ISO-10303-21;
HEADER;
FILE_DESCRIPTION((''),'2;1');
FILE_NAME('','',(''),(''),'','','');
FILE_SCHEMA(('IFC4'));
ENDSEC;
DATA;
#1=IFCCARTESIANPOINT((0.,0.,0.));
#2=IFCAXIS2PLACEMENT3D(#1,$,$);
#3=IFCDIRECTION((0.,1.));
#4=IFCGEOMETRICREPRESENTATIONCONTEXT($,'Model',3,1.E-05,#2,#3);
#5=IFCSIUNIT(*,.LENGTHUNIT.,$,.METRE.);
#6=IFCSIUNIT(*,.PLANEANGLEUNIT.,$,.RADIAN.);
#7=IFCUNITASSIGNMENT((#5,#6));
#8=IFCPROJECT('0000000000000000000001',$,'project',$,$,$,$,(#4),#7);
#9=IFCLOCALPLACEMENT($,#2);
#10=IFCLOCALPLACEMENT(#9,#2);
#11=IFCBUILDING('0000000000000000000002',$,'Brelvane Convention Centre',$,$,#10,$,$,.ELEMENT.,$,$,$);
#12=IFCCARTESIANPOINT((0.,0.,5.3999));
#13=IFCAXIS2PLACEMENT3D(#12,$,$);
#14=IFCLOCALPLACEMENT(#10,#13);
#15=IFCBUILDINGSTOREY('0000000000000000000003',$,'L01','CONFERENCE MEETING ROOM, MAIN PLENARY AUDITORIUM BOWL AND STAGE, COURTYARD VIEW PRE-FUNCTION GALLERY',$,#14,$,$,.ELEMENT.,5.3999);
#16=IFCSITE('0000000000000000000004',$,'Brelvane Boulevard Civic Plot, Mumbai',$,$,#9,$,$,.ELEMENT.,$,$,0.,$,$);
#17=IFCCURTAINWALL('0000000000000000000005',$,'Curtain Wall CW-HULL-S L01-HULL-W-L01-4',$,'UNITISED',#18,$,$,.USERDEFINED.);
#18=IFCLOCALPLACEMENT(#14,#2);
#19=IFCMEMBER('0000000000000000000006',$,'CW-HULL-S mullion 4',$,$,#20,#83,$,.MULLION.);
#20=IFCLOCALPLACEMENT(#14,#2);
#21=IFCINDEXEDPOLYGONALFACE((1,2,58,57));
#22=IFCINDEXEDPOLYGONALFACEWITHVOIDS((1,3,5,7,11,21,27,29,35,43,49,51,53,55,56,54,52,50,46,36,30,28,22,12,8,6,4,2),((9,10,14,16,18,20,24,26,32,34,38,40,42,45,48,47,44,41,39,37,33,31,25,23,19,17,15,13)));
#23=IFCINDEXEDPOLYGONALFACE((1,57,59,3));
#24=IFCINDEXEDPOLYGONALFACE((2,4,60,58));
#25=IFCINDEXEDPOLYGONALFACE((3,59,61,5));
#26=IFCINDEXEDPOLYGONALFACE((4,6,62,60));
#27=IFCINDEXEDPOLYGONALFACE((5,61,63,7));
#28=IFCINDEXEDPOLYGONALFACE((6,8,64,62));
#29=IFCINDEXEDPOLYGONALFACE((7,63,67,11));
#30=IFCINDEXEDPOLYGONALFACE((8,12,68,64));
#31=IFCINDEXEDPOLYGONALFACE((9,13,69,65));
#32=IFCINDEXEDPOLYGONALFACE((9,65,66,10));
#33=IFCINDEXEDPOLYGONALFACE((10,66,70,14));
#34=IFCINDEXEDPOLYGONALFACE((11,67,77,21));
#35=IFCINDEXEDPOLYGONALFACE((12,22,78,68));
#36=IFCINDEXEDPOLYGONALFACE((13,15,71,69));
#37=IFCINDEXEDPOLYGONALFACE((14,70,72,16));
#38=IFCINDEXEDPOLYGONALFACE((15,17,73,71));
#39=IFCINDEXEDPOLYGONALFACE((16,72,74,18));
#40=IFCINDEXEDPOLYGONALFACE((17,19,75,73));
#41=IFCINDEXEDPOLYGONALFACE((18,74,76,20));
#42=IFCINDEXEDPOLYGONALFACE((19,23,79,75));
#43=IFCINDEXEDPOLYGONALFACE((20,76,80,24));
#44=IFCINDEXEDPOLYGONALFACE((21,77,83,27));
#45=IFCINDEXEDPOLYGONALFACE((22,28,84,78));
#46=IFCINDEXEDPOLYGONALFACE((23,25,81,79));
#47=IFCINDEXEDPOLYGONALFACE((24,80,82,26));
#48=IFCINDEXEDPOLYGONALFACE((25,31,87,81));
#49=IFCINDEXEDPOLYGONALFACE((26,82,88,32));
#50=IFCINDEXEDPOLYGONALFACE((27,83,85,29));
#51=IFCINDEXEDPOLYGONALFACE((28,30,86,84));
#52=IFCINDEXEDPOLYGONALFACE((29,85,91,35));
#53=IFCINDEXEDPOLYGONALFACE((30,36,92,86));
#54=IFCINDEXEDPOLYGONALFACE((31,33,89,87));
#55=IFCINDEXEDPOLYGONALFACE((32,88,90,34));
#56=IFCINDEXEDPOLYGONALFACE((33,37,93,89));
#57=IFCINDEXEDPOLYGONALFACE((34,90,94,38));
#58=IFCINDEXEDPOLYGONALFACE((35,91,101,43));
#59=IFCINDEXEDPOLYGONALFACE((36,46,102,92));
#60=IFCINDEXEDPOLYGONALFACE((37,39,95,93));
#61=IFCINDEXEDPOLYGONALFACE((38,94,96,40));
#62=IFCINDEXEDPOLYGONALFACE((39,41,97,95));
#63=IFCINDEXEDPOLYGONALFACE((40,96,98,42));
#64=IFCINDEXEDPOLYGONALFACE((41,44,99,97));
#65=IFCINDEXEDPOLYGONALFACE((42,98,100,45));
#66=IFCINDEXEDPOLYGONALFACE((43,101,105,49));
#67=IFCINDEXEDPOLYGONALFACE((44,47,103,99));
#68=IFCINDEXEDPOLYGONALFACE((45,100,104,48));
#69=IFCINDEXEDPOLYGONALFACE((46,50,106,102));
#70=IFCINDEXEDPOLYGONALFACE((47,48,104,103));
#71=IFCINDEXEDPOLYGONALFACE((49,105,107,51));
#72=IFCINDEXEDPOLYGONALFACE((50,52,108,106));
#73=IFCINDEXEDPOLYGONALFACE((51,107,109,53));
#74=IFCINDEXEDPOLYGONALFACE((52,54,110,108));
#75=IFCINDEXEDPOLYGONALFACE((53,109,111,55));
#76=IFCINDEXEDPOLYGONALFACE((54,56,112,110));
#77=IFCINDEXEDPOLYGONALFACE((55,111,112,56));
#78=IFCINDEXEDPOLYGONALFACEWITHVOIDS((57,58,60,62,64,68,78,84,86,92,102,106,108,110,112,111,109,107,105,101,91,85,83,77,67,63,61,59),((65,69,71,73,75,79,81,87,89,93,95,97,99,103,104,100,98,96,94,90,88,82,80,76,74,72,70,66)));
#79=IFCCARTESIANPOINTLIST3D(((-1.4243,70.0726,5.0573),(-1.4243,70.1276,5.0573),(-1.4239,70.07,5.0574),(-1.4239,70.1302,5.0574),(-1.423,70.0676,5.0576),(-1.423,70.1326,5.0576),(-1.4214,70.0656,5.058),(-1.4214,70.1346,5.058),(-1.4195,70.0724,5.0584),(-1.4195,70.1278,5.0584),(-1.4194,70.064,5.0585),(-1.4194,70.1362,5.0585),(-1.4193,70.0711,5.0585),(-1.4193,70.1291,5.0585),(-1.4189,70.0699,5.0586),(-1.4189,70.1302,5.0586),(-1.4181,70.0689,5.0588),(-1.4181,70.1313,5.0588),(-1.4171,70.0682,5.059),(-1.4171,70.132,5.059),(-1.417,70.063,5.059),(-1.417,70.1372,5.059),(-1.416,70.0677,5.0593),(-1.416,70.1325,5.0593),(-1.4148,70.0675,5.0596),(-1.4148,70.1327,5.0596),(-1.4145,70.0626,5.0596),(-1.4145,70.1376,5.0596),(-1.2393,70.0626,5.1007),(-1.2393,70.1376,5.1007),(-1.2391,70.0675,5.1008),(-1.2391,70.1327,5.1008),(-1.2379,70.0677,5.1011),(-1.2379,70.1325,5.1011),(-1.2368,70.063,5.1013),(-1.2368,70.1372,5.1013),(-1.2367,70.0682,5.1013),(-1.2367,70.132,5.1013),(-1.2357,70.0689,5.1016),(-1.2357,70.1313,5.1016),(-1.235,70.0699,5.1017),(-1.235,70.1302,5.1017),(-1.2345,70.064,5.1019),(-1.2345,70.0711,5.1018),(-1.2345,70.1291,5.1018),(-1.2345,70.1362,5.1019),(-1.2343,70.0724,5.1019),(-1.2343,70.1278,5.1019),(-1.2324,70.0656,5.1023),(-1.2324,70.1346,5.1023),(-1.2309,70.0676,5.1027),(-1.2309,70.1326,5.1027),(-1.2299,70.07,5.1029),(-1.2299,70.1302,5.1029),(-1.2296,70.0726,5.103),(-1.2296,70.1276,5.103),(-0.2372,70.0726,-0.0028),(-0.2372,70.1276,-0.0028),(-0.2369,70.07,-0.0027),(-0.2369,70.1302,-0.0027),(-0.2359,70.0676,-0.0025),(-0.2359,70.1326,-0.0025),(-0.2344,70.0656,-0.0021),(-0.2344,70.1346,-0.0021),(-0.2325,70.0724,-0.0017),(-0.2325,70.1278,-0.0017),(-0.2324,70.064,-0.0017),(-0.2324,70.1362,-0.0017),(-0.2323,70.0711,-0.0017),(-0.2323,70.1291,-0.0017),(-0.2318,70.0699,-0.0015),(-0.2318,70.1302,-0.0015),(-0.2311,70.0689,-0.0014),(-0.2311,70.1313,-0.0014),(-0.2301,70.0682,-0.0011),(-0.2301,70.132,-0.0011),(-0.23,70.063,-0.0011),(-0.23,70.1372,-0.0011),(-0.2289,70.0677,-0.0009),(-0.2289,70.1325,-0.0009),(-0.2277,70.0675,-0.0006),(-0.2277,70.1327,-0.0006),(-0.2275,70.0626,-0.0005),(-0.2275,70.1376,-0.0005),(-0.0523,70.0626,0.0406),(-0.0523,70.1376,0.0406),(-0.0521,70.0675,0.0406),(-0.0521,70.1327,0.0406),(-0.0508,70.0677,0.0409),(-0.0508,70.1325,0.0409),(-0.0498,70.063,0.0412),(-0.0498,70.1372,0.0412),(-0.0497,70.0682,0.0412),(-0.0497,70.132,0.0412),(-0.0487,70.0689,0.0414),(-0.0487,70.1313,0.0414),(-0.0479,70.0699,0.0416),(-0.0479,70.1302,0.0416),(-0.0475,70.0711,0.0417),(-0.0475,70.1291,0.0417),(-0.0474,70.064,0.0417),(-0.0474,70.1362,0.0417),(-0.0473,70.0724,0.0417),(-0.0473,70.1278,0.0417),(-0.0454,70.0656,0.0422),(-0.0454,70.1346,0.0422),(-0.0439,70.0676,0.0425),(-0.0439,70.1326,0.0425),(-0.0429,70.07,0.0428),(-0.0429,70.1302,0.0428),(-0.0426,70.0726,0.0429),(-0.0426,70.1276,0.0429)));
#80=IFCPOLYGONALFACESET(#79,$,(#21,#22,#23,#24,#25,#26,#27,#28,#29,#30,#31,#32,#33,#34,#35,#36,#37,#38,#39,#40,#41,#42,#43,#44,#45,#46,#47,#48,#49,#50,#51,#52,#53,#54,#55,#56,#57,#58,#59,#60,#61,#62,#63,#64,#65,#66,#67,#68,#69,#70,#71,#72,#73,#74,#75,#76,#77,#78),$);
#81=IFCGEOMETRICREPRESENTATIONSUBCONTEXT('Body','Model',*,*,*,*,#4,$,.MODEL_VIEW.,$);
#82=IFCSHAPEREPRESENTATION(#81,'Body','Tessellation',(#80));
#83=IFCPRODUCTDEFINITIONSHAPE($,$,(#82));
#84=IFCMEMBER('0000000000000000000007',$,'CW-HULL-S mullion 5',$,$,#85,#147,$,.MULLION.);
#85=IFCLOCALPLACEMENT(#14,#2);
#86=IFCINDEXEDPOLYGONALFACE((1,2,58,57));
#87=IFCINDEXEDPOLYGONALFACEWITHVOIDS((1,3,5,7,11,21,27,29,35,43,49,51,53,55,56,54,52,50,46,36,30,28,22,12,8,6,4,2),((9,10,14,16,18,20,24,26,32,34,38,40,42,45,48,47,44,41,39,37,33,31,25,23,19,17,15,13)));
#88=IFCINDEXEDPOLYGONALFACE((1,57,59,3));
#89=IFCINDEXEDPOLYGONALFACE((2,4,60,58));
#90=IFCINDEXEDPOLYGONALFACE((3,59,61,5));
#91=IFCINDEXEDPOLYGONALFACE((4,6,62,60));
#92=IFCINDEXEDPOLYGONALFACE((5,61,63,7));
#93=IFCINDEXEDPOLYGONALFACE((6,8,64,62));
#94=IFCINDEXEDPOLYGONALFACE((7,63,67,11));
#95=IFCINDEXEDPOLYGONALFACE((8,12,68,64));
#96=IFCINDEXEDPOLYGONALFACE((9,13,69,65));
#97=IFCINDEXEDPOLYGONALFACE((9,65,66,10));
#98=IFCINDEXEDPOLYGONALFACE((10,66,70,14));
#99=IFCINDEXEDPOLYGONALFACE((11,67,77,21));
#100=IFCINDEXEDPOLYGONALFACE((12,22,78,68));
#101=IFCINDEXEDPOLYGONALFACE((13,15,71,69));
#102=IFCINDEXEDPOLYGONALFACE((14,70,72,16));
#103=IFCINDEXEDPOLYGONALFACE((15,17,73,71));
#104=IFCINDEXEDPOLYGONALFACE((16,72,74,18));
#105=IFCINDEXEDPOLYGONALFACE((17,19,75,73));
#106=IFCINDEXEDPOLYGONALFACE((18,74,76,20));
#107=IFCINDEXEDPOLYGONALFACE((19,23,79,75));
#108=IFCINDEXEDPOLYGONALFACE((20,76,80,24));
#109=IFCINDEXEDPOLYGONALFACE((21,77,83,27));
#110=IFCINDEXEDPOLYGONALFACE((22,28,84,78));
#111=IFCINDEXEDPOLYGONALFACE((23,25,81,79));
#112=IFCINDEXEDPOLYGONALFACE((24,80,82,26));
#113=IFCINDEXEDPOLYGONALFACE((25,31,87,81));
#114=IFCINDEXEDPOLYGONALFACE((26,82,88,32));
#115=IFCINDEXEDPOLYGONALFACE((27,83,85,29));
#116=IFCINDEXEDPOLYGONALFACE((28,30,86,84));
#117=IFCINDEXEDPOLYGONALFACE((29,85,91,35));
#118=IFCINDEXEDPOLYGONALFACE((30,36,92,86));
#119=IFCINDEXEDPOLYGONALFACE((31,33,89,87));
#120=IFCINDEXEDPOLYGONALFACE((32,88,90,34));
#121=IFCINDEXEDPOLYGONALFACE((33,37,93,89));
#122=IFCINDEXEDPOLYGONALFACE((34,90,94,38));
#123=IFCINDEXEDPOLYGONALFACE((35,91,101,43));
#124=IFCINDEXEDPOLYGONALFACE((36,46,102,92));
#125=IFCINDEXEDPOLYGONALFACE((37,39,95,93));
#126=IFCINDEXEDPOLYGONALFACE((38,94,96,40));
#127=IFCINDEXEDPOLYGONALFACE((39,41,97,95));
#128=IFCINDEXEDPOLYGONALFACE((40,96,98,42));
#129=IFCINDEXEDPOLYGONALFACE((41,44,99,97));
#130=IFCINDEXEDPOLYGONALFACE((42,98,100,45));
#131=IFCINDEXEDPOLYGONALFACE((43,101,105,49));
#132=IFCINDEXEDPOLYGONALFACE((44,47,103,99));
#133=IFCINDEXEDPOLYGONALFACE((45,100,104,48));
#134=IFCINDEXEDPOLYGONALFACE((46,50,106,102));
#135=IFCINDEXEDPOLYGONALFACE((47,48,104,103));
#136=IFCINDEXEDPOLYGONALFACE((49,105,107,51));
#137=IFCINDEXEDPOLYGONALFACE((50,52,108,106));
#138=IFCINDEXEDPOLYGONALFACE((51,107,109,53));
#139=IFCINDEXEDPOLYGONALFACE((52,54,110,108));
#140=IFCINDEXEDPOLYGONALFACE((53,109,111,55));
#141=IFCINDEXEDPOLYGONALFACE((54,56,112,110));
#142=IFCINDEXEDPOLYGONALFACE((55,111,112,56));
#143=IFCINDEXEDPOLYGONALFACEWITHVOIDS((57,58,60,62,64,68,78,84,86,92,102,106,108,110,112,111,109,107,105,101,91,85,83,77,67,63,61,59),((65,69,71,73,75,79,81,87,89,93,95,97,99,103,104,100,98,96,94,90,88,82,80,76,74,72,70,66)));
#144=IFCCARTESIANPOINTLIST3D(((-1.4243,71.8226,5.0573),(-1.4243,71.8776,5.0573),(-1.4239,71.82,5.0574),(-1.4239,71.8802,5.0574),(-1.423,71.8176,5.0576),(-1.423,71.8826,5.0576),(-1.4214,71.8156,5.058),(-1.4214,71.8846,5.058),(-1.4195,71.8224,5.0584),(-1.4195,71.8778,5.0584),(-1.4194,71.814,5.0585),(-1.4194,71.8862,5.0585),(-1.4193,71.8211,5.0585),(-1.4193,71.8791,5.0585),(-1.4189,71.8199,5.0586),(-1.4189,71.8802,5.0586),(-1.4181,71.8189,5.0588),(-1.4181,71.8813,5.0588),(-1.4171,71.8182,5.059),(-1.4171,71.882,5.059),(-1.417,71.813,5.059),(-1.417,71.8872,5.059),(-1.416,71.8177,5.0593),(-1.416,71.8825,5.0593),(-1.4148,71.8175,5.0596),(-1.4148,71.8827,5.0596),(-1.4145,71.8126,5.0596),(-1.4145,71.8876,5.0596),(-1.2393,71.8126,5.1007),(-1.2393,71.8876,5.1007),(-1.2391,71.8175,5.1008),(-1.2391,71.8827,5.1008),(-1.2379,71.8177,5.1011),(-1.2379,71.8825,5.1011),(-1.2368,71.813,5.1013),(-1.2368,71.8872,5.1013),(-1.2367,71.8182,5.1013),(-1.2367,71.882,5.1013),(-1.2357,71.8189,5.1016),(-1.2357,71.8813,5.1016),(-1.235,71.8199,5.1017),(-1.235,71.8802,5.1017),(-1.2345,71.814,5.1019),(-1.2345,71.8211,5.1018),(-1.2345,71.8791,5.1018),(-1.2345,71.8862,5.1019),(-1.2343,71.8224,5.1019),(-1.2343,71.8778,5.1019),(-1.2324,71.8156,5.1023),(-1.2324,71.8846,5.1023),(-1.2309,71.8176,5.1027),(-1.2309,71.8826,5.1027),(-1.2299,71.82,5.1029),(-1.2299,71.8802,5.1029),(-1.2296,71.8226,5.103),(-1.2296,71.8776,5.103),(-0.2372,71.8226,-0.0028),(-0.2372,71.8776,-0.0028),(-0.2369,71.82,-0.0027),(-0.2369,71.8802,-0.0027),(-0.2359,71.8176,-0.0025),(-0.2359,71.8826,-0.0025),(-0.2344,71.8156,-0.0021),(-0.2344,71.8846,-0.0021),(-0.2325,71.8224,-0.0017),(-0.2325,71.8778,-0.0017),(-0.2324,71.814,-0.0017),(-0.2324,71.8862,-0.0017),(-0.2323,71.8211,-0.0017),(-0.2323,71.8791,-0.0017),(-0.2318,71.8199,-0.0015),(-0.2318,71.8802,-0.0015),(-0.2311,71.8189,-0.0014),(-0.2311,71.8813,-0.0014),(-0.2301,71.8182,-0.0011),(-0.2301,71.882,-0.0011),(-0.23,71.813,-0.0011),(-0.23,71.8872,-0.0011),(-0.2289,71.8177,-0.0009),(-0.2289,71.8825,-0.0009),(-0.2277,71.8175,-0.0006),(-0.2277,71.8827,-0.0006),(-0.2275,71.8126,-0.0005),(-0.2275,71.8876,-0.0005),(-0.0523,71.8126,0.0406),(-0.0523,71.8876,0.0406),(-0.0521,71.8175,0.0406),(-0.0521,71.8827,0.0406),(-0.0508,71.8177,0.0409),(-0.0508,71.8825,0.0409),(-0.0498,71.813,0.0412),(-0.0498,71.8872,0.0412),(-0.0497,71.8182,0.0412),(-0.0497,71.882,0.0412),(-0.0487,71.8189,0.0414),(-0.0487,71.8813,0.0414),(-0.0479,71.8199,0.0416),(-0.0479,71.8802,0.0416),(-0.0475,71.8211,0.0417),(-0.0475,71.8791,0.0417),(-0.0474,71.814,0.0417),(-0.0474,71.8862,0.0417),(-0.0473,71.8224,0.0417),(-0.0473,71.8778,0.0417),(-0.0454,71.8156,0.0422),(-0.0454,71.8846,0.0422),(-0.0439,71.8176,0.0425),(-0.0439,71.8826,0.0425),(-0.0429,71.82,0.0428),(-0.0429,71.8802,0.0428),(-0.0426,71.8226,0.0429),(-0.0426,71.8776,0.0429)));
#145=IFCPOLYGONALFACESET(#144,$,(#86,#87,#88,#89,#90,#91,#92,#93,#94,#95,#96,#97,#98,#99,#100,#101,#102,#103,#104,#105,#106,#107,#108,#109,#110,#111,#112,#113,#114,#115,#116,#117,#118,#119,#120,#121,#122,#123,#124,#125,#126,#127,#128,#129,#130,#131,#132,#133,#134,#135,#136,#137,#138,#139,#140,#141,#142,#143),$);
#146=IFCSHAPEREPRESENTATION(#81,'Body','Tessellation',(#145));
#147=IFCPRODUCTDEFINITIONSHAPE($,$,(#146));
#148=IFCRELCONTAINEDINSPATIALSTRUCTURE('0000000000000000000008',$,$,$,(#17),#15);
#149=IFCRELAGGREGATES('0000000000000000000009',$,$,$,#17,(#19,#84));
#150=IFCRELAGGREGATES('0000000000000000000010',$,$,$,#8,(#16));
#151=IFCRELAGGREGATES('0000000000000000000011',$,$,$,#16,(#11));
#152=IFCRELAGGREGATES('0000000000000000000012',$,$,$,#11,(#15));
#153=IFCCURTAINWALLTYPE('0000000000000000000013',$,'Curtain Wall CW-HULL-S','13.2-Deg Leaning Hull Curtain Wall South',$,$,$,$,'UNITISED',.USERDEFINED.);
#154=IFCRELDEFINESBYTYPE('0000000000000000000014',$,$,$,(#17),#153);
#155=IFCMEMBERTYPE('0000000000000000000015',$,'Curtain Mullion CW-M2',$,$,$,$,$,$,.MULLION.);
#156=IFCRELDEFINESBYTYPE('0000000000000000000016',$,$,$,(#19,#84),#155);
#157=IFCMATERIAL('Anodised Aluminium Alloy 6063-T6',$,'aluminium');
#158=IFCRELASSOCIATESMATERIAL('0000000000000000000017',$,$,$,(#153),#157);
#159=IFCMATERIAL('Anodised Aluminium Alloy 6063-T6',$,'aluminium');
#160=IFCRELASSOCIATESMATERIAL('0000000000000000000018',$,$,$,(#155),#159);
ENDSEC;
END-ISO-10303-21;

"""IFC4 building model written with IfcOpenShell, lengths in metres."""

from ifc_helpers import new_model, si_unit, direction, frame, origin, origin_2d, place, context, subcontext, project, spatial, hollow_rectangle, extrude, material, material_profile, profile_set, type_object, element, aggregate, save


model = new_model("IFC4")

# Units and contexts
model_context = context("Model", 3, precision=1e-05, world=origin(), true_north=direction((0.0, 1.0)))
body_context = subcontext(model_context, "Body", "Model", "MODEL_VIEW")
ifc_project = project(units=[si_unit("LENGTHUNIT", "METRE"), si_unit("PLANEANGLEUNIT", "RADIAN")], contexts=[model_context])

# Site, building, storey
site_placement = place(None, origin())
site = spatial("IfcSite", under=ifc_project, at=site_placement, Name="Brelvane Boulevard Civic Plot, Mumbai", CompositionType="ELEMENT", RefElevation=0.0)
building_placement = place(site_placement, origin())
building = spatial("IfcBuilding", under=site, at=building_placement, Name="Brelvane Convention Centre", CompositionType="ELEMENT")
storey_placement = place(building_placement, frame((0.0, 0.0, 5.3999)))
storey = spatial("IfcBuildingStorey", under=building, at=storey_placement, Name="L01", Description="CONFERENCE MEETING ROOM, MAIN PLENARY AUDITORIUM BOWL AND STAGE, COURTYARD VIEW PRE-FUNCTION GALLERY", CompositionType="ELEMENT", Elevation=5.3999)

# Curtain wall, members
ifc_material_1 = material(Name="Anodised Aluminium Alloy 6063-T6", Category="aluminium")
curtain_wall_type = type_object("IfcCurtainWallType", Name="Curtain Wall CW-HULL-S", Description="13.2-Deg Leaning Hull Curtain Wall South", ElementType="UNITISED", PredefinedType="USERDEFINED", material=ifc_material_1)
curtain_wall_placement = place(storey_placement, origin())
curtain_wall = element("IfcCurtainWall", 1, at=curtain_wall_placement, inside=storey, type_object=curtain_wall_type, Name="Curtain Wall CW-HULL-S L01-HULL-W-L01-4", ObjectType="UNITISED", PredefinedType="USERDEFINED")
ifc_material_2 = material(Name="Anodised Aluminium Alloy 6063-T6", Category="aluminium")
ifc_material_profile_1 = material_profile(ifc_material_2, hollow_rectangle(XDim=0.075, YDim=0.2, WallThickness=0.0049, InnerFilletRadius=0.0049, OuterFilletRadius=0.01, at=origin_2d()), Name="ALU-M 200x75x5.0")
ifc_profile_set_1 = profile_set([ifc_material_profile_1], Name="Anodised Aluminium Alloy 6063-T6")
member_type_1 = type_object("IfcMemberType", Name="Curtain Mullion CW-M2", PredefinedType="MULLION", material=ifc_profile_set_1)
member_1_placement = place(storey_placement, frame((-0.1399, 70.1001, 0.02), z_axis=(-0.228385, 0.0, 0.973571), x_axis=(0.0, -1.0, 0.0)))
member_1 = element("IfcMember", 2, at=member_1_placement, type_object=member_type_1, Name="CW-HULL-S mullion 4", PredefinedType="MULLION", context=body_context, shape_type="SweptSolid", body=[
    extrude(hollow_rectangle(XDim=0.075, YDim=0.2, WallThickness=0.0049, InnerFilletRadius=0.0049, OuterFilletRadius=0.01, at=origin_2d()), origin(), (0.0, 0.0, 1.0), 5.1975),
])
member_2_placement = place(storey_placement, frame((-0.1399, 71.8501, 0.02), z_axis=(-0.228385, 0.0, 0.973571), x_axis=(0.0, -1.0, 0.0)))
member_2 = element("IfcMember", 3, at=member_2_placement, type_object=member_type_1, Name="CW-HULL-S mullion 5", PredefinedType="MULLION", context=body_context, shape_type="SweptSolid", body=[
    extrude(hollow_rectangle(XDim=0.075, YDim=0.2, WallThickness=0.0049, InnerFilletRadius=0.0049, OuterFilletRadius=0.01, at=origin_2d()), origin(), (0.0, 0.0, 1.0), 5.1975),
])
aggregate(curtain_wall, [member_1, member_2])

save(model, "model.ifc")
